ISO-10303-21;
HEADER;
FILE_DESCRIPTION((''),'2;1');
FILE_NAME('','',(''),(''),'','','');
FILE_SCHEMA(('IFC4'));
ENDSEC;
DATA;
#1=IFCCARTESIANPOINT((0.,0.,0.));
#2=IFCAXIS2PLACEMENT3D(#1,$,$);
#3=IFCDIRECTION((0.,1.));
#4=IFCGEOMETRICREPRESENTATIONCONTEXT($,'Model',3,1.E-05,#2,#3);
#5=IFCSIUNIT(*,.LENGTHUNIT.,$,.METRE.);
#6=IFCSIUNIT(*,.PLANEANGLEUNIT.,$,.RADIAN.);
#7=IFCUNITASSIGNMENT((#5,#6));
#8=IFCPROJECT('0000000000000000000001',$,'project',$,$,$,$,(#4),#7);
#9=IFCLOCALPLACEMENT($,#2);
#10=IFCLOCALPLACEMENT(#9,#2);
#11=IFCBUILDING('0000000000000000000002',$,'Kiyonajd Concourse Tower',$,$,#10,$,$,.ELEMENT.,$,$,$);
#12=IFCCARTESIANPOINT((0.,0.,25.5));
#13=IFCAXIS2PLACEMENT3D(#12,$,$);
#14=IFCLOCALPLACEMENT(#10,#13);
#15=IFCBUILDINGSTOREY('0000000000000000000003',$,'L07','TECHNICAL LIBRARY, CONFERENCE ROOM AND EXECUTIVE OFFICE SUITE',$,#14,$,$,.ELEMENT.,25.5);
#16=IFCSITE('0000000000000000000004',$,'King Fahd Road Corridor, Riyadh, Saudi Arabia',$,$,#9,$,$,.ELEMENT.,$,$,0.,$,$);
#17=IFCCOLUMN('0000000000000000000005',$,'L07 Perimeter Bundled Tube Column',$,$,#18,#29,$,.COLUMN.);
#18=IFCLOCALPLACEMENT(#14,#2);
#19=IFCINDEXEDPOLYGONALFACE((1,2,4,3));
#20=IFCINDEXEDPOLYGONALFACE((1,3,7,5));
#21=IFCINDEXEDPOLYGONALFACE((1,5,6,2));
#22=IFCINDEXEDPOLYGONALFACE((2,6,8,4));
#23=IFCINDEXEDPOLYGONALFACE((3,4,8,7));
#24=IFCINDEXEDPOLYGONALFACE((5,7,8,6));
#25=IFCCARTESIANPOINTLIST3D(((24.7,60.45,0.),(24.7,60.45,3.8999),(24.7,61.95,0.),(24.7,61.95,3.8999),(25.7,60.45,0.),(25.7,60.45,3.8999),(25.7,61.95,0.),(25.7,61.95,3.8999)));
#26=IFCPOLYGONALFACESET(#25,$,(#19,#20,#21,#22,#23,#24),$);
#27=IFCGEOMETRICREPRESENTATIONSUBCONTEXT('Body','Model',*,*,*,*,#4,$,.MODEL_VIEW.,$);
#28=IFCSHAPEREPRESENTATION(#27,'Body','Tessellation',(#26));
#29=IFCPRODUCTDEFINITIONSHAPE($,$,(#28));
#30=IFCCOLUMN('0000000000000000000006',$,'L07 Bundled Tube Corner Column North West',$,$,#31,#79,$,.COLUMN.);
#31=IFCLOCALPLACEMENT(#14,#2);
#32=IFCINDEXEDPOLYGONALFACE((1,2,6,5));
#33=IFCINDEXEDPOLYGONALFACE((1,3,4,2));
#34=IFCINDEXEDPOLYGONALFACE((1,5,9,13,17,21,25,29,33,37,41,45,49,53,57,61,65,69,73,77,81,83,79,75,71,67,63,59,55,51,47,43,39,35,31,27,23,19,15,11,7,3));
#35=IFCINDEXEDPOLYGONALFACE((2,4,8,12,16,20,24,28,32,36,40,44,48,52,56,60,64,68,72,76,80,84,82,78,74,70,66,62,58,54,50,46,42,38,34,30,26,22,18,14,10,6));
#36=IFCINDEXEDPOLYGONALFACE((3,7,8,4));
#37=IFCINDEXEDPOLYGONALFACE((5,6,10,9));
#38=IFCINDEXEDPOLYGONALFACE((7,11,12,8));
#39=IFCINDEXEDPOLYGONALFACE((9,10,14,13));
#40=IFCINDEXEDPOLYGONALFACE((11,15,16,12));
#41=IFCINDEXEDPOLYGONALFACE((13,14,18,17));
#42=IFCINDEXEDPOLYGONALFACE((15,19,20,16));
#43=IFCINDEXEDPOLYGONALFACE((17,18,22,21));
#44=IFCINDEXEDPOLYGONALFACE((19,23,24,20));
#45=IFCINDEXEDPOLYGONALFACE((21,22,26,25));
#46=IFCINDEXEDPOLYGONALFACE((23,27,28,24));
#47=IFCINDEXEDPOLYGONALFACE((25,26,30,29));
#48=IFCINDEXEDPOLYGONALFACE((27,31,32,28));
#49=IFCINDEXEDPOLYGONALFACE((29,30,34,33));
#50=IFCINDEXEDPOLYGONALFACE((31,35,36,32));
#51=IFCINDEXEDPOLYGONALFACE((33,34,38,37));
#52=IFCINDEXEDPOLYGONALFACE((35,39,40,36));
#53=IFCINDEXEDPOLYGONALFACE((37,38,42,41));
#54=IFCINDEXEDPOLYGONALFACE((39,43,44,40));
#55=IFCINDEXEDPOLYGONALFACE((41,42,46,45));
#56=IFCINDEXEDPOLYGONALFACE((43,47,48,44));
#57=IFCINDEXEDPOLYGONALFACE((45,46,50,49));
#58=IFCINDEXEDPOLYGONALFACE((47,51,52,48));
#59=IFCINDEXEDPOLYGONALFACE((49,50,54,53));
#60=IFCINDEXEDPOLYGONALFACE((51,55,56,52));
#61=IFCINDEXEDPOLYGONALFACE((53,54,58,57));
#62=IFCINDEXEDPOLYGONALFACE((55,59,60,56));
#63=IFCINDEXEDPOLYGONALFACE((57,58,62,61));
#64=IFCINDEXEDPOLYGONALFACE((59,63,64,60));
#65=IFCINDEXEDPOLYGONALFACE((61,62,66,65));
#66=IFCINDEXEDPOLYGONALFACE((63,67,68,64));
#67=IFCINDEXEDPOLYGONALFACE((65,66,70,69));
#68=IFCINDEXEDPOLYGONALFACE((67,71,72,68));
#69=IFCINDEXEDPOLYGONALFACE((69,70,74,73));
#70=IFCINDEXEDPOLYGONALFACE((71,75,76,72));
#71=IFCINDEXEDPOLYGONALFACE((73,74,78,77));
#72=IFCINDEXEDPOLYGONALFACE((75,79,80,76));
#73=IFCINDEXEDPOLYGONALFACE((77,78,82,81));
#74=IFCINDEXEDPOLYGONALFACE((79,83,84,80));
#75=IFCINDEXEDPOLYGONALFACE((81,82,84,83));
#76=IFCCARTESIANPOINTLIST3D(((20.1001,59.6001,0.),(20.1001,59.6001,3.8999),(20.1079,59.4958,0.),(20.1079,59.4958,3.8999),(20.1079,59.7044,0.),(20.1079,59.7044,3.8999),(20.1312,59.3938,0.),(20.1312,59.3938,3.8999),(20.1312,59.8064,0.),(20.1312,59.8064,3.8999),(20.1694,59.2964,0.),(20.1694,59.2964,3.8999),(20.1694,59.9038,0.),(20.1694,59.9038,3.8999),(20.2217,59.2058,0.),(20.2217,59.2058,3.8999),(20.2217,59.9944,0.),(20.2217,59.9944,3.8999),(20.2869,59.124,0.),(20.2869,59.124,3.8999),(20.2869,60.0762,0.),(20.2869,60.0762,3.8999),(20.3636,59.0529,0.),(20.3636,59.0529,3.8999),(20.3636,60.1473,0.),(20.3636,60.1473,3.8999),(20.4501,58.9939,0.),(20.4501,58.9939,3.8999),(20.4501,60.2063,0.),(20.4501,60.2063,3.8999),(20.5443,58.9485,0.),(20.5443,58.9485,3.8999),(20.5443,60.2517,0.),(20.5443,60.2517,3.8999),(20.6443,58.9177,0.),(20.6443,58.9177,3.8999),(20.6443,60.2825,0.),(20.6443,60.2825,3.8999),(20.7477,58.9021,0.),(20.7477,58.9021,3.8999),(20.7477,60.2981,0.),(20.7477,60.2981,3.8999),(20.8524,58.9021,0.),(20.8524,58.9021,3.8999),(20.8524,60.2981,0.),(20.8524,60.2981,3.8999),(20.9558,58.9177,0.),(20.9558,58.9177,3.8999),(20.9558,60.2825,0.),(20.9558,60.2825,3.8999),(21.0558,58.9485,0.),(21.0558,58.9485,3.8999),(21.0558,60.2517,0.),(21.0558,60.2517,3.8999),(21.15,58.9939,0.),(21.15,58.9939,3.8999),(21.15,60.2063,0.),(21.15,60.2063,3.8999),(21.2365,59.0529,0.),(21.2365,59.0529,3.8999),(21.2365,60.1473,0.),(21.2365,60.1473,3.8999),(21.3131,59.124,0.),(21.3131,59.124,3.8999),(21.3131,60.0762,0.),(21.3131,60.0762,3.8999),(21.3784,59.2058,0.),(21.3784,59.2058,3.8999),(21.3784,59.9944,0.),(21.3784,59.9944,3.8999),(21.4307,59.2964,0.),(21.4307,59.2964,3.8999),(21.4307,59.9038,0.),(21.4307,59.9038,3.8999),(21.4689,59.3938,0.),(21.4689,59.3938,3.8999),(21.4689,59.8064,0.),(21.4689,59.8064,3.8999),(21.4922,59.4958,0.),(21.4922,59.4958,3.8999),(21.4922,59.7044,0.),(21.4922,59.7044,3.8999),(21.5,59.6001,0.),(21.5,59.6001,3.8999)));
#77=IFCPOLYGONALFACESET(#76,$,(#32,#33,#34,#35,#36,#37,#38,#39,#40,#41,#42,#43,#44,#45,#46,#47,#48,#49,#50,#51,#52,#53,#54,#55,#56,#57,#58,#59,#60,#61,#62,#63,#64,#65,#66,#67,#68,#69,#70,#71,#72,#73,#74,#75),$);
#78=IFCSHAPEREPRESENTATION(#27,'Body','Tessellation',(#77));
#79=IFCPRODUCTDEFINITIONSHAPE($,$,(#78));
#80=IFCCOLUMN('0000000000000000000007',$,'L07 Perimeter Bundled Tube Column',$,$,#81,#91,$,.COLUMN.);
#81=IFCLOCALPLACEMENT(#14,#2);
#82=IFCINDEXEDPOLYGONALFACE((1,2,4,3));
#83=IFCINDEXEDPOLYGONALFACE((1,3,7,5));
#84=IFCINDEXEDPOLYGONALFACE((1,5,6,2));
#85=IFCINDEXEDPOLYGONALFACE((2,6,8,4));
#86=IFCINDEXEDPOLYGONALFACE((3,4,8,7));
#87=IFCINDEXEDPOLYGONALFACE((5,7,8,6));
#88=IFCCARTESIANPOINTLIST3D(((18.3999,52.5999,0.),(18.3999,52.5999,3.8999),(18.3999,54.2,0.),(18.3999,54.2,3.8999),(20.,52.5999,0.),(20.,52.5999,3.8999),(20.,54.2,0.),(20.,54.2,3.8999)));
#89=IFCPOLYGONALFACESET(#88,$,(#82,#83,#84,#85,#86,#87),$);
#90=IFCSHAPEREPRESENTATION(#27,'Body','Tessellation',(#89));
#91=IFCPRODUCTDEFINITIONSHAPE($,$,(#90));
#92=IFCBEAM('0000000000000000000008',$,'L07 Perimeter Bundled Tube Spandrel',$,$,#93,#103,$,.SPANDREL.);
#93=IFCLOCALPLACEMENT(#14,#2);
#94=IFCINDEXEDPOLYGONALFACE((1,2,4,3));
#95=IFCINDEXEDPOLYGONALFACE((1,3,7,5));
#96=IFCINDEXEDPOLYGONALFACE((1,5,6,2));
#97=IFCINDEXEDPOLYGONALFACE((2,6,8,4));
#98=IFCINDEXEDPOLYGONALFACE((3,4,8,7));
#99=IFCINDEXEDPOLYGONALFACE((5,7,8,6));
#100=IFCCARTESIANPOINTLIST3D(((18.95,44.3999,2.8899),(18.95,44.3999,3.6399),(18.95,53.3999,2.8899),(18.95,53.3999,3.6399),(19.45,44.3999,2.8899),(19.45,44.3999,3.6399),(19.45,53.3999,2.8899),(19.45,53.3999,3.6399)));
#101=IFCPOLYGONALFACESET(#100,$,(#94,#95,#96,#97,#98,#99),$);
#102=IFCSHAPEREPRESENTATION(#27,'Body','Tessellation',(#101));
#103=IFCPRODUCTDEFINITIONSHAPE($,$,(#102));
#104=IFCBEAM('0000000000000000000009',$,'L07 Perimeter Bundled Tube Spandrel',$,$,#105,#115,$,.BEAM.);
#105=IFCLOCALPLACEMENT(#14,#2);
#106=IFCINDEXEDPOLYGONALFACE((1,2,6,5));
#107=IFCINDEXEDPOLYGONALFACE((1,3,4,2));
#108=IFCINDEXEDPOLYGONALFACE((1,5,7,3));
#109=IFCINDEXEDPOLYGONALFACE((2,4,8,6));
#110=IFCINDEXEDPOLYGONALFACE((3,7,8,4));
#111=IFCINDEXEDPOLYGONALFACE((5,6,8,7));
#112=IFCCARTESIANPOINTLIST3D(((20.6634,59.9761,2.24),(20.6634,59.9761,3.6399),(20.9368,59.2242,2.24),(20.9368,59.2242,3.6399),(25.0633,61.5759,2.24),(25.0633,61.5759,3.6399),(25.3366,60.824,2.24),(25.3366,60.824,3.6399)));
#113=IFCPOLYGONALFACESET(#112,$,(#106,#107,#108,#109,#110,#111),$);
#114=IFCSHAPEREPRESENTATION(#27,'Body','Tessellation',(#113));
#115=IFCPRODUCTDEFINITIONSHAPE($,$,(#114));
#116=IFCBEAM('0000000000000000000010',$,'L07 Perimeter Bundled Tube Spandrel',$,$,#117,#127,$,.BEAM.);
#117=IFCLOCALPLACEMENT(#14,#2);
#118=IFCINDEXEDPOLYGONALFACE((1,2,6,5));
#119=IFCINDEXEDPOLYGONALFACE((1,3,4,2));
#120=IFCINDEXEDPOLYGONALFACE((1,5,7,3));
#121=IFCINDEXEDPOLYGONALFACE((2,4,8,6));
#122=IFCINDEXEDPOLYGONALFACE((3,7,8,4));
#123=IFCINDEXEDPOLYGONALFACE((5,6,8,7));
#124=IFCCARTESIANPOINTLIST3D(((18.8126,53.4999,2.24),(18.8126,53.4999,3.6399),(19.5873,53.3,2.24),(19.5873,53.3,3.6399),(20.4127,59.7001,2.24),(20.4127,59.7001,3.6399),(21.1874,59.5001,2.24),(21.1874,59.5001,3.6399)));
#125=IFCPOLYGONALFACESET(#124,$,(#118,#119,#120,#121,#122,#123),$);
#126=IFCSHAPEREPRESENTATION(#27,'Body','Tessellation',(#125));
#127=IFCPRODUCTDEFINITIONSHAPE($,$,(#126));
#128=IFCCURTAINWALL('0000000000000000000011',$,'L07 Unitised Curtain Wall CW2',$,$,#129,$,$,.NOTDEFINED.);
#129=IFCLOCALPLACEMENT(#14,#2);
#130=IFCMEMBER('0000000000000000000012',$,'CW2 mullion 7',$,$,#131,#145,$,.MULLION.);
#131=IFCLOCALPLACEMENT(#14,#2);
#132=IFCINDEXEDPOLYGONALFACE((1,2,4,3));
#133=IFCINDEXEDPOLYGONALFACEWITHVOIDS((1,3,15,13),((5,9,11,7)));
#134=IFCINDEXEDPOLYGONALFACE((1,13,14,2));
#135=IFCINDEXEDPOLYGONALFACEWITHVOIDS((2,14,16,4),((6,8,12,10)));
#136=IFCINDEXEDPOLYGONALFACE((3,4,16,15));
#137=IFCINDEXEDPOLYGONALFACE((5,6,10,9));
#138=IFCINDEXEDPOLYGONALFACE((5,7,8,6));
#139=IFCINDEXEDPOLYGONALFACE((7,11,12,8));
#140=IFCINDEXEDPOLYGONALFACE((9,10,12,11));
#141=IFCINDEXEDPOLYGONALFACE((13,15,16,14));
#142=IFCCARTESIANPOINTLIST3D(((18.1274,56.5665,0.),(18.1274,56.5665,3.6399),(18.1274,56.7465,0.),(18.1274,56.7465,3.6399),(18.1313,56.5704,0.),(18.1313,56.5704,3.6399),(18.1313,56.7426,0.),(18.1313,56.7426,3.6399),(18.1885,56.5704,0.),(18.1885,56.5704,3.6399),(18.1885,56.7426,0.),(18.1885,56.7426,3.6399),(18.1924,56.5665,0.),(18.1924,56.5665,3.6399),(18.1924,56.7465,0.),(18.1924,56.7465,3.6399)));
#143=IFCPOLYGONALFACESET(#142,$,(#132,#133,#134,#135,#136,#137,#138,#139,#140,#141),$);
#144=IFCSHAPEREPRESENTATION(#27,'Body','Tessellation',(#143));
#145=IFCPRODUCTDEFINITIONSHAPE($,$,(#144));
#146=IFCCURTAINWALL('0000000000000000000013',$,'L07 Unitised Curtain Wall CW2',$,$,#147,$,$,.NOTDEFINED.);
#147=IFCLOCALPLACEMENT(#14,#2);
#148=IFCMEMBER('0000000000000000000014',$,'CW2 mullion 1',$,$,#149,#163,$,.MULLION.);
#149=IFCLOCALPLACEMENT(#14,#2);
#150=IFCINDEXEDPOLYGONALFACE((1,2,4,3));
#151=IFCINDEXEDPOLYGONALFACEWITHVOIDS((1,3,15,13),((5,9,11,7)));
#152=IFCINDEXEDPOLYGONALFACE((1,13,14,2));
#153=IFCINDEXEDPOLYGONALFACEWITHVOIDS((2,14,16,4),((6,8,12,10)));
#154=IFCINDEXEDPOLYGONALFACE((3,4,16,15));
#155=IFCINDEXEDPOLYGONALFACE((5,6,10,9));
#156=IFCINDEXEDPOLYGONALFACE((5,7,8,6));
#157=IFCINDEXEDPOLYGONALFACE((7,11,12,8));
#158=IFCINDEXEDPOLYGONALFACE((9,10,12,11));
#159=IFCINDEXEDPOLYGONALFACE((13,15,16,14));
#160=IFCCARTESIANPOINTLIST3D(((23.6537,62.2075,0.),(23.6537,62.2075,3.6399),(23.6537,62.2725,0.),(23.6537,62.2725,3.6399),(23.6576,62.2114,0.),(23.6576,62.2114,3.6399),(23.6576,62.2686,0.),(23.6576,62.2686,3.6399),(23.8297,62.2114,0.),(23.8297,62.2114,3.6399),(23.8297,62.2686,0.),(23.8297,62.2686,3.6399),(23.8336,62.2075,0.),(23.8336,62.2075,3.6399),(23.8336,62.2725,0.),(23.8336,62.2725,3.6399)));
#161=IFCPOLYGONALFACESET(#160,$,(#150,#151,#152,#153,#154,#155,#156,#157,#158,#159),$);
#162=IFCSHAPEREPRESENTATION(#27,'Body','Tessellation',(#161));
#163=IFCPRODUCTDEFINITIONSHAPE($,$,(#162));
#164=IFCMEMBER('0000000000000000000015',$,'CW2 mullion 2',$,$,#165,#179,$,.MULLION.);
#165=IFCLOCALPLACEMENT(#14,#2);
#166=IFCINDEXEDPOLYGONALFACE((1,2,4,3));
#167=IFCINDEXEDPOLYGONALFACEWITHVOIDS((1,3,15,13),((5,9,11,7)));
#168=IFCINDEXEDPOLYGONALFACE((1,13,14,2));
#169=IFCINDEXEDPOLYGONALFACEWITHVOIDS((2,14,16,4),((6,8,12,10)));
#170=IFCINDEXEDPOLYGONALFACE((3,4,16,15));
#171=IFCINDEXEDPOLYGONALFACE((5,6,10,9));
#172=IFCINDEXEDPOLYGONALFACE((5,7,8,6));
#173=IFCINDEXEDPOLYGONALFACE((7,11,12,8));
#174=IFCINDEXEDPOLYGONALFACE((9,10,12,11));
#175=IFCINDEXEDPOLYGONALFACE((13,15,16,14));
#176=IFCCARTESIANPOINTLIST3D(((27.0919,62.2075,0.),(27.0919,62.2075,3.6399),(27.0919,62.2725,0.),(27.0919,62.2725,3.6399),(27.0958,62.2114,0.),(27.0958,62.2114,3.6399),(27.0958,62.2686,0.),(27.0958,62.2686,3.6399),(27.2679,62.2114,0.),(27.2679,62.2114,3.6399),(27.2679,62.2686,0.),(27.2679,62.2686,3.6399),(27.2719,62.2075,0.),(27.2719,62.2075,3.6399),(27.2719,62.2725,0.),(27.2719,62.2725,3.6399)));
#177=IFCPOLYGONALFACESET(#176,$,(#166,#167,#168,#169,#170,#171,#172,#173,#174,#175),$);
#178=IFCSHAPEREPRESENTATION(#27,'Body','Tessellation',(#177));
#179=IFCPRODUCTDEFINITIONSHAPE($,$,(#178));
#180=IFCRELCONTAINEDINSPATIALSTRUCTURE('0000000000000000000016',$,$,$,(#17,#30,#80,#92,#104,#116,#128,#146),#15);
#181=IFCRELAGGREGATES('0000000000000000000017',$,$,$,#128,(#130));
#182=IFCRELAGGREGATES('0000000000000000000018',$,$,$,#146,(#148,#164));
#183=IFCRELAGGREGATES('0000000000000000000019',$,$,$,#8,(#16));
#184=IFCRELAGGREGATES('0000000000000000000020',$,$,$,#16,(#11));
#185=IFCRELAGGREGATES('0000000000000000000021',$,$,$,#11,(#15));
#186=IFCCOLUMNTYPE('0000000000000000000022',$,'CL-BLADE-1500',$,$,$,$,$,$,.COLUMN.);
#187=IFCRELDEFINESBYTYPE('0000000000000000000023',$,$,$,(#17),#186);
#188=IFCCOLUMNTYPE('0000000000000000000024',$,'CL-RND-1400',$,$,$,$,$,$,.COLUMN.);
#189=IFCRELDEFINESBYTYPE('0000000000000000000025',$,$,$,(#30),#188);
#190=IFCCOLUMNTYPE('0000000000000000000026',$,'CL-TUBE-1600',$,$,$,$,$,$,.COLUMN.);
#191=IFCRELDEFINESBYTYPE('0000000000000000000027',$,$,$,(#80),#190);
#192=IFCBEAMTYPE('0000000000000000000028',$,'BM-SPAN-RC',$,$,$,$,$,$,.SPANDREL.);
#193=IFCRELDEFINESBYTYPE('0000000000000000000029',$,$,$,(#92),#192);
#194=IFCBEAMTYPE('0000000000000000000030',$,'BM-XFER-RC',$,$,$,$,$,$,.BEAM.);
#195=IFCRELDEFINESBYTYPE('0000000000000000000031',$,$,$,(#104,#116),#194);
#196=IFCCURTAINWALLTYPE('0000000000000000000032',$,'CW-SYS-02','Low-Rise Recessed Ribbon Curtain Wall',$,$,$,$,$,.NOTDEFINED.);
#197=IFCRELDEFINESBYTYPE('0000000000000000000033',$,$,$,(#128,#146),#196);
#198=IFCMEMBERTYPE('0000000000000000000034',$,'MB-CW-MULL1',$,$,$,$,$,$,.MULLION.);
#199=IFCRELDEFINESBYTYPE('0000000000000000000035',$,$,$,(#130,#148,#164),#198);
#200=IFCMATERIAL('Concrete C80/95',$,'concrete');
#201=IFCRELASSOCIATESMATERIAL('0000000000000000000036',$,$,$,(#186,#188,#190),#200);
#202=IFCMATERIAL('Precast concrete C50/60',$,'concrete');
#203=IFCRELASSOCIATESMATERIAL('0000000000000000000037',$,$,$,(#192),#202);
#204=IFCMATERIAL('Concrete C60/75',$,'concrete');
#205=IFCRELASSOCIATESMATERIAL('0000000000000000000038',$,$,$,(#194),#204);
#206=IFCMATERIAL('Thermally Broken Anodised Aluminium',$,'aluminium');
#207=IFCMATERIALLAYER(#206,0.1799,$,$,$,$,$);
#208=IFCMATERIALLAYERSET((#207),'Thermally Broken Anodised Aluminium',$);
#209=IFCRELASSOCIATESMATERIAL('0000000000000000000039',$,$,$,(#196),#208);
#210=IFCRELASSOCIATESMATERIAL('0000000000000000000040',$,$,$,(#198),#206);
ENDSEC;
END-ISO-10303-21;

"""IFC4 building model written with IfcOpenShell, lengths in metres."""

from ifc_helpers import new_model, si_unit, direction, frame, origin, origin_2d, place, context, subcontext, project, spatial, rectangle, hollow_rectangle, circle, extrude, material, layer, layer_set, material_profile, profile_set, type_object, element, aggregate, save


model = new_model("IFC4")

# Units and contexts
model_context = context("Model", 3, precision=1e-05, world=origin(), true_north=direction((0.0, 1.0)))
body_context = subcontext(model_context, "Body", "Model", "MODEL_VIEW")
ifc_project = project(units=[si_unit("LENGTHUNIT", "METRE"), si_unit("PLANEANGLEUNIT", "RADIAN")], contexts=[model_context])

# Site, building, storey
site_placement = place(None, origin())
site = spatial("IfcSite", under=ifc_project, at=site_placement, Name="King Fahd Road Corridor, Riyadh, Saudi Arabia", CompositionType="ELEMENT", RefElevation=0.0)
building_placement = place(site_placement, origin())
building = spatial("IfcBuilding", under=site, at=building_placement, Name="Kiyonajd Concourse Tower", CompositionType="ELEMENT")
storey_placement = place(building_placement, frame((0.0, 0.0, 25.5)))
storey = spatial("IfcBuildingStorey", under=building, at=storey_placement, Name="L07", Description="TECHNICAL LIBRARY, CONFERENCE ROOM AND EXECUTIVE OFFICE SUITE", CompositionType="ELEMENT", Elevation=25.5)

# Columns
ifc_material_1 = material(Name="Concrete C80/95", Category="concrete")
ifc_material_profile_1 = material_profile(ifc_material_1, rectangle(XDim=1.0, YDim=1.5, at=origin_2d()), Name="RC-1500x1000")
ifc_profile_set_1 = profile_set([ifc_material_profile_1], Name="Concrete C80/95")
column_type_1 = type_object("IfcColumnType", Name="CL-BLADE-1500", PredefinedType="COLUMN", material=ifc_profile_set_1)
column_1_placement = place(storey_placement, frame((25.2, 61.2, 0.0), z_axis=(0.0, 0.0, 1.0), x_axis=(1.0, 0.0, 0.0)))
element("IfcColumn", 1, at=column_1_placement, inside=storey, type_object=column_type_1, Name="L07 Perimeter Bundled Tube Column", PredefinedType="COLUMN", context=body_context, shape_type="SweptSolid", body=[
    extrude(rectangle(XDim=1.0, YDim=1.5, at=origin_2d()), origin(), (0.0, 0.0, 1.0), 3.8999),
])
ifc_material_profile_2 = material_profile(ifc_material_1, circle(Radius=0.7, at=origin_2d()), Name="RCC-D1400")
ifc_profile_set_2 = profile_set([ifc_material_profile_2], Name="Concrete C80/95")
column_type_2 = type_object("IfcColumnType", Name="CL-RND-1400", PredefinedType="COLUMN", material=ifc_profile_set_2)
column_2_placement = place(storey_placement, frame((20.8, 59.6001, 0.0), z_axis=(0.0, 0.0, 1.0), x_axis=(1.0, 0.0, 0.0)))
element("IfcColumn", 2, at=column_2_placement, inside=storey, type_object=column_type_2, Name="L07 Bundled Tube Corner Column North West", PredefinedType="COLUMN", context=body_context, shape_type="SweptSolid", body=[
    extrude(circle(Radius=0.7, at=origin_2d()), origin(), (0.0, 0.0, 1.0), 3.8999),
])
ifc_material_profile_3 = material_profile(ifc_material_1, rectangle(XDim=1.6001, YDim=1.6001, at=origin_2d()), Name="RC-1600x1600")
ifc_profile_set_3 = profile_set([ifc_material_profile_3], Name="Concrete C80/95")
column_type_3 = type_object("IfcColumnType", Name="CL-TUBE-1600", PredefinedType="COLUMN", material=ifc_profile_set_3)
column_3_placement = place(storey_placement, frame((19.2, 53.3999, 0.0), z_axis=(0.0, 0.0, 1.0), x_axis=(1.0, 0.0, 0.0)))
element("IfcColumn", 3, at=column_3_placement, inside=storey, type_object=column_type_3, Name="L07 Perimeter Bundled Tube Column", PredefinedType="COLUMN", context=body_context, shape_type="SweptSolid", body=[
    extrude(rectangle(XDim=1.6001, YDim=1.6001, at=origin_2d()), origin(), (0.0, 0.0, 1.0), 3.8999),
])

# Beams
ifc_material_2 = material(Name="Precast concrete C50/60", Category="concrete")
ifc_material_profile_4 = material_profile(ifc_material_2, rectangle(XDim=0.5, YDim=0.75, at=origin_2d()), Name="RCBM-500x750")
ifc_profile_set_4 = profile_set([ifc_material_profile_4], Name="Precast concrete C50/60")
beam_type_1 = type_object("IfcBeamType", Name="BM-SPAN-RC", PredefinedType="SPANDREL", material=ifc_profile_set_4)
beam_1_placement = place(storey_placement, frame((19.2, 53.3999, 3.2649), z_axis=(0.0, -1.0, 0.0), x_axis=(1.0, 0.0, 0.0)))
element("IfcBeam", 4, at=beam_1_placement, inside=storey, type_object=beam_type_1, Name="L07 Perimeter Bundled Tube Spandrel", PredefinedType="SPANDREL", context=body_context, shape_type="SweptSolid", body=[
    extrude(rectangle(XDim=0.5, YDim=0.75, at=origin_2d()), origin(), (0.0, 0.0, 1.0), 9.0),
])
ifc_material_3 = material(Name="Concrete C60/75", Category="concrete")
ifc_material_profile_5 = material_profile(ifc_material_3, rectangle(XDim=0.8, YDim=1.3999, at=origin_2d()), Name="RCBM-800x1400")
ifc_profile_set_5 = profile_set([ifc_material_profile_5], Name="Concrete C60/75")
beam_type_2 = type_object("IfcBeamType", Name="BM-XFER-RC", PredefinedType="BEAM", material=ifc_profile_set_5)
beam_2_placement = place(storey_placement, frame((25.2, 61.2, 2.9399), z_axis=(-0.939801, -0.341722, 0.0), x_axis=(0.341722, -0.939801, 0.0)))
element("IfcBeam", 5, at=beam_2_placement, inside=storey, type_object=beam_type_2, Name="L07 Perimeter Bundled Tube Spandrel", PredefinedType="BEAM", context=body_context, shape_type="SweptSolid", body=[
    extrude(rectangle(XDim=0.8, YDim=1.3999, at=origin_2d()), origin(), (0.0, 0.0, 1.0), 4.6816),
])
beam_3_placement = place(storey_placement, frame((20.8, 59.6001, 2.9399), z_axis=(-0.249885, -0.968276, 0.0), x_axis=(0.968276, -0.249885, 0.0)))
element("IfcBeam", 6, at=beam_3_placement, inside=storey, type_object=beam_type_2, Name="L07 Perimeter Bundled Tube Spandrel", PredefinedType="BEAM", context=body_context, shape_type="SweptSolid", body=[
    extrude(rectangle(XDim=0.8, YDim=1.3999, at=origin_2d()), origin(), (0.0, 0.0, 1.0), 6.4033),
])

# Curtain wall, member
ifc_material_4 = material(Name="Thermally Broken Anodised Aluminium", Category="aluminium")
ifc_layer_1 = layer(ifc_material_4, 0.1799)
ifc_layer_set_1 = layer_set([ifc_layer_1], Name="Thermally Broken Anodised Aluminium")
curtain_wall_type = type_object("IfcCurtainWallType", Name="CW-SYS-02", Description="Low-Rise Recessed Ribbon Curtain Wall", PredefinedType="NOTDEFINED", material=ifc_layer_set_1)
curtain_wall_1_placement = place(storey_placement, origin())
curtain_wall_1 = element("IfcCurtainWall", 7, at=curtain_wall_1_placement, inside=storey, type_object=curtain_wall_type, Name="L07 Unitised Curtain Wall CW2", PredefinedType="NOTDEFINED")
ifc_material_profile_6 = material_profile(ifc_material_4, hollow_rectangle(XDim=0.0649, YDim=0.1799, WallThickness=0.0039, at=origin_2d()), Name="MULL-65x180")
ifc_profile_set_6 = profile_set([ifc_material_profile_6], Name="Thermally Broken Anodised Aluminium")
member_type_1 = type_object("IfcMemberType", Name="MB-CW-MULL1", PredefinedType="MULLION", material=ifc_profile_set_6)
member_1_placement = place(storey_placement, frame((18.1599, 56.6565, 0.0), z_axis=(0.0, 0.0, 1.0), x_axis=(-1.0, 0.0, 0.0)))
member_1 = element("IfcMember", 8, at=member_1_placement, type_object=member_type_1, Name="CW2 mullion 7", PredefinedType="MULLION", context=body_context, shape_type="SweptSolid", body=[
    extrude(hollow_rectangle(XDim=0.0649, YDim=0.1799, WallThickness=0.0039, at=origin_2d()), origin(), (0.0, 0.0, 1.0), 3.6399),
])

# Curtain wall, members
curtain_wall_2_placement = place(storey_placement, origin())
curtain_wall_2 = element("IfcCurtainWall", 9, at=curtain_wall_2_placement, inside=storey, type_object=curtain_wall_type, Name="L07 Unitised Curtain Wall CW2", PredefinedType="NOTDEFINED")
member_2_placement = place(storey_placement, frame((23.7437, 62.24, 0.0), z_axis=(0.0, 0.0, 1.0), x_axis=(0.0, 1.0, 0.0)))
member_2 = element("IfcMember", 10, at=member_2_placement, type_object=member_type_1, Name="CW2 mullion 1", PredefinedType="MULLION", context=body_context, shape_type="SweptSolid", body=[
    extrude(hollow_rectangle(XDim=0.0649, YDim=0.1799, WallThickness=0.0039, at=origin_2d()), origin(), (0.0, 0.0, 1.0), 3.6399),
])
member_3_placement = place(storey_placement, frame((27.1819, 62.24, 0.0), z_axis=(0.0, 0.0, 1.0), x_axis=(0.0, 1.0, 0.0)))
member_3 = element("IfcMember", 11, at=member_3_placement, type_object=member_type_1, Name="CW2 mullion 2", PredefinedType="MULLION", context=body_context, shape_type="SweptSolid", body=[
    extrude(hollow_rectangle(XDim=0.0649, YDim=0.1799, WallThickness=0.0039, at=origin_2d()), origin(), (0.0, 0.0, 1.0), 3.6399),
])

aggregate(curtain_wall_1, [member_1])
aggregate(curtain_wall_2, [member_2, member_3])

save(model, "model.ifc")
